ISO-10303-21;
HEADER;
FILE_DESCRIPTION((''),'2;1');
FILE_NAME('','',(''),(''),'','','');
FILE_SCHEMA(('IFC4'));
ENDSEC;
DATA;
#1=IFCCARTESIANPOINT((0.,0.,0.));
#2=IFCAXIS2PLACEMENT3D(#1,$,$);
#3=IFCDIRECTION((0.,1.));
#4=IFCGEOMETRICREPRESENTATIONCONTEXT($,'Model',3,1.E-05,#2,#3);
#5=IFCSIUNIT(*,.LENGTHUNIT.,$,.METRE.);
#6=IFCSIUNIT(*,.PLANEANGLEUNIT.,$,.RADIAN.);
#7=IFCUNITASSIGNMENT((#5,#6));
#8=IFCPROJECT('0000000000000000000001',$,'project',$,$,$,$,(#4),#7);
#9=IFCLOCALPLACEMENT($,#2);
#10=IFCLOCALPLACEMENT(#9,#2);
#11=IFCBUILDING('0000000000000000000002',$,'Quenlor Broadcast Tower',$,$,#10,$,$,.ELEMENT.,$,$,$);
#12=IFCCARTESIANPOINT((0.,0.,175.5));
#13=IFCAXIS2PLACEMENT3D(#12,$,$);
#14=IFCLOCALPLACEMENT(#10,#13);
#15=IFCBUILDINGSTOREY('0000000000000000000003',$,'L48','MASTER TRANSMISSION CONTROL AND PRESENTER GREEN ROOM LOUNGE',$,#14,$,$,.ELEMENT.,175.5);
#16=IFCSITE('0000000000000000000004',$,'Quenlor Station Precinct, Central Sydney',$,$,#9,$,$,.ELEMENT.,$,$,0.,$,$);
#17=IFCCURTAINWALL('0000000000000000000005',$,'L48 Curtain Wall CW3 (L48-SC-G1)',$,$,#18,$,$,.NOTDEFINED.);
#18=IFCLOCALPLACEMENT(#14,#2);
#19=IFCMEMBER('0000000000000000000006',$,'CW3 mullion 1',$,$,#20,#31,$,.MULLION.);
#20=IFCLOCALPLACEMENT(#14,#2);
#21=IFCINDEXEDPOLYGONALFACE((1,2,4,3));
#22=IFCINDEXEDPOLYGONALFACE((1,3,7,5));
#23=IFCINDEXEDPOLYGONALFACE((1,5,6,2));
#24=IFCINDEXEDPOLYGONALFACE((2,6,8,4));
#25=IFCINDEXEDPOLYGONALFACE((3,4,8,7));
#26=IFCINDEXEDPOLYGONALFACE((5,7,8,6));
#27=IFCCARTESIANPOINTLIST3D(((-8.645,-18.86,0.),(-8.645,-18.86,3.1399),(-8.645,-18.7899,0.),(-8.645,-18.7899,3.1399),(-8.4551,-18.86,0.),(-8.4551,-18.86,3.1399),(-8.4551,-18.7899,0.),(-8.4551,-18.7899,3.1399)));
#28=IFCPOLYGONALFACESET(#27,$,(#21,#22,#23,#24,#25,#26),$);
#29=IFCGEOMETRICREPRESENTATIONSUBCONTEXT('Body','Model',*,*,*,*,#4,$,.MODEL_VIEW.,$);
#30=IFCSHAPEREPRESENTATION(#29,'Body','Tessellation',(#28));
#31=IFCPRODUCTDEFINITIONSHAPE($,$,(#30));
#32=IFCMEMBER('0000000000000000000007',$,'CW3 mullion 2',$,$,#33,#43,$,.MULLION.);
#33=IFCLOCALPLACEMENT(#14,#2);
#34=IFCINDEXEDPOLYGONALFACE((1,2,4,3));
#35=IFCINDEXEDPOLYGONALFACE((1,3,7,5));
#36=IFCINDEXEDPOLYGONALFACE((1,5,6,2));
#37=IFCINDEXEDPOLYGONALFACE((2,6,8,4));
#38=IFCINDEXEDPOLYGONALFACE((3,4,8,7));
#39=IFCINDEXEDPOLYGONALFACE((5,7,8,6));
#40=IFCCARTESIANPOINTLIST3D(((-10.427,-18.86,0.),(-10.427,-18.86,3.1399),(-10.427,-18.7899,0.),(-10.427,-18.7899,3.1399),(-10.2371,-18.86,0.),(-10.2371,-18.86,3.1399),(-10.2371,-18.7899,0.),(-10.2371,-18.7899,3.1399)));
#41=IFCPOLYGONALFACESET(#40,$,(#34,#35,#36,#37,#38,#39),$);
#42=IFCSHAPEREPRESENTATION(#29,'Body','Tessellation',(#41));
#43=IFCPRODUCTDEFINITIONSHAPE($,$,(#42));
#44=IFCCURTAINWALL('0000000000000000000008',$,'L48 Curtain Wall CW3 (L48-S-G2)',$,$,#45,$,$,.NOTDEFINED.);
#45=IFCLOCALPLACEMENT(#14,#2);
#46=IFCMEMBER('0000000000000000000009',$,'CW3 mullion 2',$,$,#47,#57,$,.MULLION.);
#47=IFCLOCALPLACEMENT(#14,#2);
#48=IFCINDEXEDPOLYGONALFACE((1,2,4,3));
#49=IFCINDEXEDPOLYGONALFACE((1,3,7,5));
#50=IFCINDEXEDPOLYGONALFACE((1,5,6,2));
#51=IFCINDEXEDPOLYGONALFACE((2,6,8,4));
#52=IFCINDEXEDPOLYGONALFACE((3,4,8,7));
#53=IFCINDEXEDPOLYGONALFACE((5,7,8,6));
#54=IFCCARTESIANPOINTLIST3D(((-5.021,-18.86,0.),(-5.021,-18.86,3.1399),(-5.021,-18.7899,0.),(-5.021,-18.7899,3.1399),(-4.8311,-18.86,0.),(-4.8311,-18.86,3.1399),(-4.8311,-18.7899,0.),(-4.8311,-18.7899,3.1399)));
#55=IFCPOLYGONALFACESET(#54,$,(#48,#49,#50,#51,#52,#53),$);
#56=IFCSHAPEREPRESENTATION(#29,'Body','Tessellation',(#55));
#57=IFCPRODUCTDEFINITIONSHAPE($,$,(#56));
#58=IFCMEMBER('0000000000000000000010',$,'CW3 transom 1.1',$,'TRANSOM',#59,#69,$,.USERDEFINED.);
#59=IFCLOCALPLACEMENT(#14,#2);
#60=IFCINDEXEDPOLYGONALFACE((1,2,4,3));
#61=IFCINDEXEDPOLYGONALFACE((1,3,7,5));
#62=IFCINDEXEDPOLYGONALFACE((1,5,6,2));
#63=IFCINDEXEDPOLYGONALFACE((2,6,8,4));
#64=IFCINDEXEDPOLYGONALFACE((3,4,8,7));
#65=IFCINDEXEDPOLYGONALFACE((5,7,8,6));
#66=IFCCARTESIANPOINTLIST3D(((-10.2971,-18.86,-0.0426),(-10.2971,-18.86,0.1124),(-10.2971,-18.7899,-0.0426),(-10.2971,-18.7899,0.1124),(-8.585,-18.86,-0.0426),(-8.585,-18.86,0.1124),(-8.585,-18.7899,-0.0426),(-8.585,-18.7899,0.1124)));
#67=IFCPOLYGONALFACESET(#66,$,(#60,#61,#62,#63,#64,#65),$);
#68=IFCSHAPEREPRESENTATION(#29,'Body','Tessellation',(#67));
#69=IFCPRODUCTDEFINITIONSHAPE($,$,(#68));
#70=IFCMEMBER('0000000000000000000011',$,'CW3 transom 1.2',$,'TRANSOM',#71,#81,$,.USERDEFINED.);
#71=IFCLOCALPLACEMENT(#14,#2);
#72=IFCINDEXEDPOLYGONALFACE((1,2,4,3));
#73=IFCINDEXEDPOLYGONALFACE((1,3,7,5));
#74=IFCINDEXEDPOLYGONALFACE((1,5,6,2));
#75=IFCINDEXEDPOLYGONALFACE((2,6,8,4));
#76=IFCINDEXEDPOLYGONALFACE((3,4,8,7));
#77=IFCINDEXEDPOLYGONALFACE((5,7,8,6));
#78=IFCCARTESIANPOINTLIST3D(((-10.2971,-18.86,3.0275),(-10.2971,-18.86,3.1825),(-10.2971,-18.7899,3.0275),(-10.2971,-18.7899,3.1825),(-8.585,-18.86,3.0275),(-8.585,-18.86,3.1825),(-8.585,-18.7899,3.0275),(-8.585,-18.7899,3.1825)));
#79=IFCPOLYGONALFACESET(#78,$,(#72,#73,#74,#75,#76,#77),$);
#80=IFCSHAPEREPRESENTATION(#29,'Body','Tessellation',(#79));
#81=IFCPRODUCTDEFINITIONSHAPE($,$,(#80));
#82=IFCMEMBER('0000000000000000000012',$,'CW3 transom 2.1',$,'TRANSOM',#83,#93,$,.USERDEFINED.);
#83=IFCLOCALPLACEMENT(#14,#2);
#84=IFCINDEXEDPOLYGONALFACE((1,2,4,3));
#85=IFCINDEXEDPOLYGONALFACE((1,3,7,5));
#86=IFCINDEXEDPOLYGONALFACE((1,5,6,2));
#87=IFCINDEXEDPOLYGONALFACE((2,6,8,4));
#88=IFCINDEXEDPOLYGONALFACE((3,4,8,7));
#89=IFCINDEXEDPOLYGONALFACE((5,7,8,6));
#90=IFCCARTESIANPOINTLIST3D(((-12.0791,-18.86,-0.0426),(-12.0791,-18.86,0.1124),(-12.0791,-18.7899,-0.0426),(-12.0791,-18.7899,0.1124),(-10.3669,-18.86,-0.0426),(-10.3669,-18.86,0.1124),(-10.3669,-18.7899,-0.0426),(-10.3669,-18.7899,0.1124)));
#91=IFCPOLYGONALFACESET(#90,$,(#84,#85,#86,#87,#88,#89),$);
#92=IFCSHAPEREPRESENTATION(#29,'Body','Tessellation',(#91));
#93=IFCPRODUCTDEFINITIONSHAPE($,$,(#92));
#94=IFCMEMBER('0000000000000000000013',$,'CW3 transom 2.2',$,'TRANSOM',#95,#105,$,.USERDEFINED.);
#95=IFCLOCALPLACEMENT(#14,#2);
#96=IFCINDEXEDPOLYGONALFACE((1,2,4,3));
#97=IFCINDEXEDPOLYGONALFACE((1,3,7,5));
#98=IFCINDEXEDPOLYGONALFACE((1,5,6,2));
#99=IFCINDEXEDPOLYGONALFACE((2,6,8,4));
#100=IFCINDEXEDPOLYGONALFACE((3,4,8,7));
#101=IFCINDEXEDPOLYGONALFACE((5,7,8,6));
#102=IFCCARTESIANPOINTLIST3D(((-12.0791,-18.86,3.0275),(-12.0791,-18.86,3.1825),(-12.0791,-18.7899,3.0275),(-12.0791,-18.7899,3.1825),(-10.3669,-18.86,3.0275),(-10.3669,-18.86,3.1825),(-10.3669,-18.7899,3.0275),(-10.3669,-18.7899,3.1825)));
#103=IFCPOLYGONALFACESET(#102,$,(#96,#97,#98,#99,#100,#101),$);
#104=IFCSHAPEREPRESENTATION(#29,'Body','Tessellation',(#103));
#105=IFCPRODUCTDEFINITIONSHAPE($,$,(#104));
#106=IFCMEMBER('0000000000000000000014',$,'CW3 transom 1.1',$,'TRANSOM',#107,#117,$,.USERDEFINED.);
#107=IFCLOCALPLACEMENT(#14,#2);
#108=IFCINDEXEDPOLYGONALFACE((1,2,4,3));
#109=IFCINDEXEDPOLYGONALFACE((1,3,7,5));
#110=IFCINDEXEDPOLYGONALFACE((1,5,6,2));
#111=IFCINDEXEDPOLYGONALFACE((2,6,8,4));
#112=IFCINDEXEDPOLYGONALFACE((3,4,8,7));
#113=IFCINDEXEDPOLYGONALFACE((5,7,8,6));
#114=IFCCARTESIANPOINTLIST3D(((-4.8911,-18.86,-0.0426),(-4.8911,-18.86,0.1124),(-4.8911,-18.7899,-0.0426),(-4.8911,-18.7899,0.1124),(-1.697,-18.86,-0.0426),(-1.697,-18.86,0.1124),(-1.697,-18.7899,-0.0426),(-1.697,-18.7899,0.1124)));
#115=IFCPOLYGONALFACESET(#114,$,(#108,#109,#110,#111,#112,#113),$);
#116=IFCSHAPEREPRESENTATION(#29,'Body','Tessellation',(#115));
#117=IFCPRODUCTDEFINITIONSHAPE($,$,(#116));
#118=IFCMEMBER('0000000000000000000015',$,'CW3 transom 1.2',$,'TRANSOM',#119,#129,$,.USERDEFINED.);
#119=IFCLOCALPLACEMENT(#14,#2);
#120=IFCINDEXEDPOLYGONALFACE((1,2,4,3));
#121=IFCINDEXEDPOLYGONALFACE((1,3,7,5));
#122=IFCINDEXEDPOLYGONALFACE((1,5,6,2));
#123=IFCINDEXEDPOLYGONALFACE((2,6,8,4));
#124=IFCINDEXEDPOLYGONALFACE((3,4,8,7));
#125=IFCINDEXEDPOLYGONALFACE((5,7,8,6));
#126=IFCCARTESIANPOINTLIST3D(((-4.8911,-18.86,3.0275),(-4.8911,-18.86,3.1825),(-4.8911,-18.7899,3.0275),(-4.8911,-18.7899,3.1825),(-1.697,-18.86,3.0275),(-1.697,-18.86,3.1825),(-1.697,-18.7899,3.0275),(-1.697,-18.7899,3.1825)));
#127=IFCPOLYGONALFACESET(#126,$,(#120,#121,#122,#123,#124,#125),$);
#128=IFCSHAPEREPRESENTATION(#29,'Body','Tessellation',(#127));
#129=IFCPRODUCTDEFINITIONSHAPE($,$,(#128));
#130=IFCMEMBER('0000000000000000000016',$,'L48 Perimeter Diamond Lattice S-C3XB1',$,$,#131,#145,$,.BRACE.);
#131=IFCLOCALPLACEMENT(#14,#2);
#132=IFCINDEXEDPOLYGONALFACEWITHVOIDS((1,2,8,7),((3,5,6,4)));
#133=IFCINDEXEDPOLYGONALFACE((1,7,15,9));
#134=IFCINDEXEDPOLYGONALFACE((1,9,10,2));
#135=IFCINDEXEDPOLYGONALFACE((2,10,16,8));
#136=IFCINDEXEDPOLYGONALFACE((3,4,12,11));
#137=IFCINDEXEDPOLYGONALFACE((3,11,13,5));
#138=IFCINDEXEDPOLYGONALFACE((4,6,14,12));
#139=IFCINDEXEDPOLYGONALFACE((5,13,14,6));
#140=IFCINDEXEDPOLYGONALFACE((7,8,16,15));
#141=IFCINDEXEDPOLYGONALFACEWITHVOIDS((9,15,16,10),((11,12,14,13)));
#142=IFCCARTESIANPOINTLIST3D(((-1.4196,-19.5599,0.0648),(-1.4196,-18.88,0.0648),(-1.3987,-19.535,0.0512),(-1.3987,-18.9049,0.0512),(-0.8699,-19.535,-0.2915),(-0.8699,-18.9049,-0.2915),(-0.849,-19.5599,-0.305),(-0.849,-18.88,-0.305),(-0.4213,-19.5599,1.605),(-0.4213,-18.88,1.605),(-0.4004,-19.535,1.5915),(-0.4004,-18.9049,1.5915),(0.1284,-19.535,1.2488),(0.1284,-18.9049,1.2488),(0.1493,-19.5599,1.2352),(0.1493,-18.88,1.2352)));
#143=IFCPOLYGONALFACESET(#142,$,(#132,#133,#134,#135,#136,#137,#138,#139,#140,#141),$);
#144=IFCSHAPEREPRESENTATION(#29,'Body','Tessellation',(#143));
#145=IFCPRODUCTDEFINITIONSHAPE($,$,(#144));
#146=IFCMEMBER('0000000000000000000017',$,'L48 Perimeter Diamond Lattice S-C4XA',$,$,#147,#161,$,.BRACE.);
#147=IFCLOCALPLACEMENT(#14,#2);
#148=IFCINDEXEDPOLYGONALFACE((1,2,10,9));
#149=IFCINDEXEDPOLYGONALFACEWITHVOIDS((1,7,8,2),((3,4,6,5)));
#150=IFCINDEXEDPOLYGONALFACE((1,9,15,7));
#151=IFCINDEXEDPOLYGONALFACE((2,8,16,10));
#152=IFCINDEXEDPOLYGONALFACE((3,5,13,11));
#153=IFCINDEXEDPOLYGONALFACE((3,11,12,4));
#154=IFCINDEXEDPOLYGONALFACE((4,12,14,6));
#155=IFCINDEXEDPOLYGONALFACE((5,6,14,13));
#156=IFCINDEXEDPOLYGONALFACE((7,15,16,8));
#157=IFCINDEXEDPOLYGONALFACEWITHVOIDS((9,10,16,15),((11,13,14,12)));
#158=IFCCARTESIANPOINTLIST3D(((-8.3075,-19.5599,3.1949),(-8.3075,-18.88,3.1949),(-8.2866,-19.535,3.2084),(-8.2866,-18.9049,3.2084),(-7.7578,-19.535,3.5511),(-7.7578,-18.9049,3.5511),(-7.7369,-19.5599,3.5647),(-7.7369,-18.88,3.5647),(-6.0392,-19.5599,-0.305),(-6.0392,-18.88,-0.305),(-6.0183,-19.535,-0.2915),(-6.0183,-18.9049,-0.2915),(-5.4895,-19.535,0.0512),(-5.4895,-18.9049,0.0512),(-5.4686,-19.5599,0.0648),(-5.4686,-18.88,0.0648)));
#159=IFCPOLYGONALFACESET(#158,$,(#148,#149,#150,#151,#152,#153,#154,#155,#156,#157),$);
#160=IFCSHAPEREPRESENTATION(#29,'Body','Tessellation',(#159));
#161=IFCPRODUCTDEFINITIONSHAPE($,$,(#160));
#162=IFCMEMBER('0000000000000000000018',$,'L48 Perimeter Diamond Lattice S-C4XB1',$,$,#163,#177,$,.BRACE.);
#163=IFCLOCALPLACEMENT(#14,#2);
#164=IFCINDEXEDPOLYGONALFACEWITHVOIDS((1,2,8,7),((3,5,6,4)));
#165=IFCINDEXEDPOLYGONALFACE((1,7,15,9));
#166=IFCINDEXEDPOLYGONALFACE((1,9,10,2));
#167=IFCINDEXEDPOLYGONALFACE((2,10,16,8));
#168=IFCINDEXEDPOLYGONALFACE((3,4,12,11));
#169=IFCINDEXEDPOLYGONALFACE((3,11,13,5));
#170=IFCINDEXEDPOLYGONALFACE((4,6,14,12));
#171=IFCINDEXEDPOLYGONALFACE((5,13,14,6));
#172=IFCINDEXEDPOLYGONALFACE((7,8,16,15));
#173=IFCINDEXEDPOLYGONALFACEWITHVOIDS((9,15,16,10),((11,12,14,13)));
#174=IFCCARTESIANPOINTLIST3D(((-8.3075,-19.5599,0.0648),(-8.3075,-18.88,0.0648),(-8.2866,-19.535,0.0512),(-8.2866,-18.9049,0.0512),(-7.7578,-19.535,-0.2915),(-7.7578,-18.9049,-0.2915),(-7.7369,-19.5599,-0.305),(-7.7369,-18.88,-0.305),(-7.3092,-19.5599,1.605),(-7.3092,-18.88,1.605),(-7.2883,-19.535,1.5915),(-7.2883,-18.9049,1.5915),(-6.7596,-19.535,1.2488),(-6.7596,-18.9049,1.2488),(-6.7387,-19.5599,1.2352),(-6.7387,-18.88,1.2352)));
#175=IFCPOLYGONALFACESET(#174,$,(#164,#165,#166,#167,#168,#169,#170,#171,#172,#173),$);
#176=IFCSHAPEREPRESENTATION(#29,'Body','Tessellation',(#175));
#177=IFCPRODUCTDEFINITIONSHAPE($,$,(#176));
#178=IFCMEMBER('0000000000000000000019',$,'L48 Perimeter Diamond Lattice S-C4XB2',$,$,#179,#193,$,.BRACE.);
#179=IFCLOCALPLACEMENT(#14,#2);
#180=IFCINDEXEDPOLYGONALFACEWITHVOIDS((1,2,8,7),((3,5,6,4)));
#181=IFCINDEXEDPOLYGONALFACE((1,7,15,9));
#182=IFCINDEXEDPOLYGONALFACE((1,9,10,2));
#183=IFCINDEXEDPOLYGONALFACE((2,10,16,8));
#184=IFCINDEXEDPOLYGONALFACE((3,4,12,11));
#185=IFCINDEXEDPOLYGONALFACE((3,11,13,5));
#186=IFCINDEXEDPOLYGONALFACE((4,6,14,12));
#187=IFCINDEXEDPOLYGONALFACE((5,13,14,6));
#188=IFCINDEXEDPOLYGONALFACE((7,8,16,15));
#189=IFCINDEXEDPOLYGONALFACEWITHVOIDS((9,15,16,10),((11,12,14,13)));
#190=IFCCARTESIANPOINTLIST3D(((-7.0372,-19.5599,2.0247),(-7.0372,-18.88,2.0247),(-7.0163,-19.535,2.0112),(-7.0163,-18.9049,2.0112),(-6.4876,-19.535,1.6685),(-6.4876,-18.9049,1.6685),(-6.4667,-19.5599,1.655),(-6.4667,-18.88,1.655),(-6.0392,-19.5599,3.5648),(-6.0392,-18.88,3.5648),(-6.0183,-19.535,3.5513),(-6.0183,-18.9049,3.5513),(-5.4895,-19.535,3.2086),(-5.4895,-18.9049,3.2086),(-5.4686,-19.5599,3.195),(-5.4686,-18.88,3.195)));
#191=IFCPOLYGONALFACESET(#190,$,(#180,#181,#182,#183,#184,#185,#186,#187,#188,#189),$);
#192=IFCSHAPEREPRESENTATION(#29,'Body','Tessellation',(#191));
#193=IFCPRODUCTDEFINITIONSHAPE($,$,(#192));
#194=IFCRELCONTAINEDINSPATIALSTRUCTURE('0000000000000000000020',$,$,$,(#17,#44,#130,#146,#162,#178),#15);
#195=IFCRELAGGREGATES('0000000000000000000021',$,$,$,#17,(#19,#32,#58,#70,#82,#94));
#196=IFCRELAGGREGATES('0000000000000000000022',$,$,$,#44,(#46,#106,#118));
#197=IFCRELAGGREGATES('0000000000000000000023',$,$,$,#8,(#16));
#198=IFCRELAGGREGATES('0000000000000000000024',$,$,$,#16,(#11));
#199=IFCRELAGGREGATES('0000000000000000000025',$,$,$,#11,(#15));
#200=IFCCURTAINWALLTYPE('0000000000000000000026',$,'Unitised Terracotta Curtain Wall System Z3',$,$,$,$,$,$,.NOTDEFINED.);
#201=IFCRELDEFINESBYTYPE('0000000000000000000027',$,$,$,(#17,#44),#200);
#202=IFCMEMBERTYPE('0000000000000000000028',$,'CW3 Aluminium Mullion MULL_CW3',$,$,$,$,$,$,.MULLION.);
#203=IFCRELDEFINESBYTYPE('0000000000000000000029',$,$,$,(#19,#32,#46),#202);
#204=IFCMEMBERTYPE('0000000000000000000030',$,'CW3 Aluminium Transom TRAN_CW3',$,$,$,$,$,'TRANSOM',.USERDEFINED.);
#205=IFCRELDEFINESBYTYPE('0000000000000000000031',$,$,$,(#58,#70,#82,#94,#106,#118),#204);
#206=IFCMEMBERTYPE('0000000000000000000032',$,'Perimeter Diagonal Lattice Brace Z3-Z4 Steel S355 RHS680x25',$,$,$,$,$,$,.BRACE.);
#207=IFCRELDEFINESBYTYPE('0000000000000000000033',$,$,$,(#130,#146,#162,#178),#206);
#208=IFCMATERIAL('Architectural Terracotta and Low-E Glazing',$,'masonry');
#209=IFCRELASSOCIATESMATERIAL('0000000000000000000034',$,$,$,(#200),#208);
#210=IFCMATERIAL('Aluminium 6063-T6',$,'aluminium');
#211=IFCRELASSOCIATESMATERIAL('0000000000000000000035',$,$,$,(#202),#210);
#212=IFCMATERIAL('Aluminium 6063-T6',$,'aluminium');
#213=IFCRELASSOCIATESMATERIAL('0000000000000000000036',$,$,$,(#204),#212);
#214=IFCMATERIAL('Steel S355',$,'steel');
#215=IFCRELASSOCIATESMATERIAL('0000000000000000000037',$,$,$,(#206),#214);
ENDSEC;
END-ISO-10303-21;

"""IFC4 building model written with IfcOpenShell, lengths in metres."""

from ifc_helpers import new_model, si_unit, direction, frame, origin, origin_2d, place, context, subcontext, project, spatial, rectangle, hollow_rectangle, extrude, material, material_profile, profile_set, type_object, element, aggregate, save


model = new_model("IFC4")

# Units and contexts
model_context = context("Model", 3, precision=1e-05, world=origin(), true_north=direction((0.0, 1.0)))
body_context = subcontext(model_context, "Body", "Model", "MODEL_VIEW")
ifc_project = project(units=[si_unit("LENGTHUNIT", "METRE"), si_unit("PLANEANGLEUNIT", "RADIAN")], contexts=[model_context])

# Site, building, storey
site_placement = place(None, origin())
site = spatial("IfcSite", under=ifc_project, at=site_placement, Name="Quenlor Station Precinct, Central Sydney", CompositionType="ELEMENT", RefElevation=0.0)
building_placement = place(site_placement, origin())
building = spatial("IfcBuilding", under=site, at=building_placement, Name="Quenlor Broadcast Tower", CompositionType="ELEMENT")
storey_placement = place(building_placement, frame((0.0, 0.0, 175.5)))
storey = spatial("IfcBuildingStorey", under=building, at=storey_placement, Name="L48", Description="MASTER TRANSMISSION CONTROL AND PRESENTER GREEN ROOM LOUNGE", CompositionType="ELEMENT", Elevation=175.5)

# Curtain wall, members
ifc_material_1 = material(Name="Architectural Terracotta and Low-E Glazing", Category="masonry")
curtain_wall_type = type_object("IfcCurtainWallType", Name="Unitised Terracotta Curtain Wall System Z3", PredefinedType="NOTDEFINED", material=ifc_material_1)
curtain_wall_1_placement = place(storey_placement, origin())
curtain_wall_1 = element("IfcCurtainWall", 1, at=curtain_wall_1_placement, inside=storey, type_object=curtain_wall_type, Name="L48 Curtain Wall CW3 (L48-SC-G1)", PredefinedType="NOTDEFINED")
ifc_material_2 = material(Name="Aluminium 6063-T6", Category="aluminium")
ifc_material_profile_1 = material_profile(ifc_material_2, rectangle(XDim=0.0701, YDim=0.1899, at=origin_2d()))
ifc_profile_set_1 = profile_set([ifc_material_profile_1], Name="Aluminium 6063-T6 MULL70x190")
member_type_1 = type_object("IfcMemberType", Name="CW3 Aluminium Mullion MULL_CW3", PredefinedType="MULLION", material=ifc_profile_set_1)
member_1_placement = place(storey_placement, frame((-8.55, -18.825, 0.0), z_axis=(0.0, 0.0, 1.0), x_axis=(0.0, -1.0, 0.0)))
member_1 = element("IfcMember", 2, at=member_1_placement, type_object=member_type_1, Name="CW3 mullion 1", PredefinedType="MULLION", context=body_context, shape_type="SweptSolid", body=[
    extrude(rectangle(XDim=0.0701, YDim=0.1899, at=origin_2d()), origin(), (0.0, 0.0, 1.0), 3.1399),
])
member_2_placement = place(storey_placement, frame((-10.332, -18.825, 0.0), z_axis=(0.0, 0.0, 1.0), x_axis=(0.0, -1.0, 0.0)))
member_2 = element("IfcMember", 3, at=member_2_placement, type_object=member_type_1, Name="CW3 mullion 2", PredefinedType="MULLION", context=body_context, shape_type="SweptSolid", body=[
    extrude(rectangle(XDim=0.0701, YDim=0.1899, at=origin_2d()), origin(), (0.0, 0.0, 1.0), 3.1399),
])

# Curtain wall, member
curtain_wall_2_placement = place(storey_placement, origin())
curtain_wall_2 = element("IfcCurtainWall", 4, at=curtain_wall_2_placement, inside=storey, type_object=curtain_wall_type, Name="L48 Curtain Wall CW3 (L48-S-G2)", PredefinedType="NOTDEFINED")
member_3_placement = place(storey_placement, frame((-4.926, -18.825, 0.0), z_axis=(0.0, 0.0, 1.0), x_axis=(0.0, -1.0, 0.0)))
member_3 = element("IfcMember", 5, at=member_3_placement, type_object=member_type_1, Name="CW3 mullion 2", PredefinedType="MULLION", context=body_context, shape_type="SweptSolid", body=[
    extrude(rectangle(XDim=0.0701, YDim=0.1899, at=origin_2d()), origin(), (0.0, 0.0, 1.0), 3.1399),
])

# Members
ifc_material_3 = material(Name="Aluminium 6063-T6", Category="aluminium")
ifc_material_profile_2 = material_profile(ifc_material_3, rectangle(XDim=0.0701, YDim=0.155, at=origin_2d()))
ifc_profile_set_2 = profile_set([ifc_material_profile_2], Name="Aluminium 6063-T6 TRAN70x155")
member_type_2 = type_object("IfcMemberType", Name="CW3 Aluminium Transom TRAN_CW3", ElementType="TRANSOM", PredefinedType="USERDEFINED", material=ifc_profile_set_2)
member_4_placement = place(storey_placement, frame((-8.585, -18.825, 0.0349), z_axis=(-1.0, 0.0, 0.0), x_axis=(0.0, -1.0, 0.0)))
member_4 = element("IfcMember", 6, at=member_4_placement, type_object=member_type_2, Name="CW3 transom 1.1", ObjectType="TRANSOM", PredefinedType="USERDEFINED", context=body_context, shape_type="SweptSolid", body=[
    extrude(rectangle(XDim=0.0701, YDim=0.155, at=origin_2d()), origin(), (0.0, 0.0, 1.0), 1.7122),
])
member_5_placement = place(storey_placement, frame((-8.585, -18.825, 3.105), z_axis=(-1.0, 0.0, 0.0), x_axis=(0.0, -1.0, 0.0)))
member_5 = element("IfcMember", 7, at=member_5_placement, type_object=member_type_2, Name="CW3 transom 1.2", ObjectType="TRANSOM", PredefinedType="USERDEFINED", context=body_context, shape_type="SweptSolid", body=[
    extrude(rectangle(XDim=0.0701, YDim=0.155, at=origin_2d()), origin(), (0.0, 0.0, 1.0), 1.7122),
])
member_6_placement = place(storey_placement, frame((-10.3669, -18.825, 0.0349), z_axis=(-1.0, 0.0, 0.0), x_axis=(0.0, -1.0, 0.0)))
member_6 = element("IfcMember", 8, at=member_6_placement, type_object=member_type_2, Name="CW3 transom 2.1", ObjectType="TRANSOM", PredefinedType="USERDEFINED", context=body_context, shape_type="SweptSolid", body=[
    extrude(rectangle(XDim=0.0701, YDim=0.155, at=origin_2d()), origin(), (0.0, 0.0, 1.0), 1.7122),
])
member_7_placement = place(storey_placement, frame((-10.3669, -18.825, 3.105), z_axis=(-1.0, 0.0, 0.0), x_axis=(0.0, -1.0, 0.0)))
member_7 = element("IfcMember", 9, at=member_7_placement, type_object=member_type_2, Name="CW3 transom 2.2", ObjectType="TRANSOM", PredefinedType="USERDEFINED", context=body_context, shape_type="SweptSolid", body=[
    extrude(rectangle(XDim=0.0701, YDim=0.155, at=origin_2d()), origin(), (0.0, 0.0, 1.0), 1.7122),
])
member_8_placement = place(storey_placement, frame((-1.697, -18.825, 0.0349), z_axis=(-1.0, 0.0, 0.0), x_axis=(0.0, -1.0, 0.0)))
member_8 = element("IfcMember", 10, at=member_8_placement, type_object=member_type_2, Name="CW3 transom 1.1", ObjectType="TRANSOM", PredefinedType="USERDEFINED", context=body_context, shape_type="SweptSolid", body=[
    extrude(rectangle(XDim=0.0701, YDim=0.155, at=origin_2d()), origin(), (0.0, 0.0, 1.0), 3.1941),
])
member_9_placement = place(storey_placement, frame((-1.697, -18.825, 3.105), z_axis=(-1.0, 0.0, 0.0), x_axis=(0.0, -1.0, 0.0)))
member_9 = element("IfcMember", 11, at=member_9_placement, type_object=member_type_2, Name="CW3 transom 1.2", ObjectType="TRANSOM", PredefinedType="USERDEFINED", context=body_context, shape_type="SweptSolid", body=[
    extrude(rectangle(XDim=0.0701, YDim=0.155, at=origin_2d()), origin(), (0.0, 0.0, 1.0), 3.1941),
])

# Members
ifc_material_4 = material(Name="Steel S355", Category="steel")
ifc_material_profile_3 = material_profile(ifc_material_4, hollow_rectangle(XDim=0.6799, YDim=0.6799, WallThickness=0.0249, at=origin_2d()))
ifc_profile_set_3 = profile_set([ifc_material_profile_3], Name="Steel S355 RHS680x680x25")
member_type_3 = type_object("IfcMemberType", Name="Perimeter Diagonal Lattice Brace Z3-Z4 Steel S355 RHS680x25", PredefinedType="BRACE", material=ifc_profile_set_3)
member_10_placement = place(storey_placement, frame((-1.1343, -19.22, -0.1201), z_axis=(0.54388, 0.0, 0.839163), x_axis=(0.0, 1.0, 0.0)))
element("IfcMember", 12, at=member_10_placement, inside=storey, type_object=member_type_3, Name="L48 Perimeter Diamond Lattice S-C3XB1", PredefinedType="BRACE", context=body_context, shape_type="SweptSolid", body=[
    extrude(hollow_rectangle(XDim=0.6799, YDim=0.6799, WallThickness=0.0249, at=origin_2d()), origin(), (0.0, 0.0, 1.0), 1.8354),
])
member_11_placement = place(storey_placement, frame((-5.7539, -19.22, -0.1201), z_axis=(-0.54386, 0.0, 0.839176), x_axis=(0.0, -1.0, 0.0)))
element("IfcMember", 13, at=member_11_placement, inside=storey, type_object=member_type_3, Name="L48 Perimeter Diamond Lattice S-C4XA", PredefinedType="BRACE", context=body_context, shape_type="SweptSolid", body=[
    extrude(hollow_rectangle(XDim=0.6799, YDim=0.6799, WallThickness=0.0249, at=origin_2d()), origin(), (0.0, 0.0, 1.0), 4.1707),
])
member_12_placement = place(storey_placement, frame((-8.0222, -19.22, -0.1201), z_axis=(0.54388, 0.0, 0.839163), x_axis=(0.0, 1.0, 0.0)))
element("IfcMember", 14, at=member_12_placement, inside=storey, type_object=member_type_3, Name="L48 Perimeter Diamond Lattice S-C4XB1", PredefinedType="BRACE", context=body_context, shape_type="SweptSolid", body=[
    extrude(hollow_rectangle(XDim=0.6799, YDim=0.6799, WallThickness=0.0249, at=origin_2d()), origin(), (0.0, 0.0, 1.0), 1.8354),
])
member_13_placement = place(storey_placement, frame((-6.752, -19.22, 1.8398), z_axis=(0.543847, 0.0, 0.839184), x_axis=(0.0, 1.0, 0.0)))
element("IfcMember", 15, at=member_13_placement, inside=storey, type_object=member_type_3, Name="L48 Perimeter Diamond Lattice S-C4XB2", PredefinedType="BRACE", context=body_context, shape_type="SweptSolid", body=[
    extrude(hollow_rectangle(XDim=0.6799, YDim=0.6799, WallThickness=0.0249, at=origin_2d()), origin(), (0.0, 0.0, 1.0), 1.8352),
])

aggregate(curtain_wall_1, [member_1, member_2, member_4, member_5, member_6, member_7])
aggregate(curtain_wall_2, [member_3, member_8, member_9])

save(model, "model.ifc")
